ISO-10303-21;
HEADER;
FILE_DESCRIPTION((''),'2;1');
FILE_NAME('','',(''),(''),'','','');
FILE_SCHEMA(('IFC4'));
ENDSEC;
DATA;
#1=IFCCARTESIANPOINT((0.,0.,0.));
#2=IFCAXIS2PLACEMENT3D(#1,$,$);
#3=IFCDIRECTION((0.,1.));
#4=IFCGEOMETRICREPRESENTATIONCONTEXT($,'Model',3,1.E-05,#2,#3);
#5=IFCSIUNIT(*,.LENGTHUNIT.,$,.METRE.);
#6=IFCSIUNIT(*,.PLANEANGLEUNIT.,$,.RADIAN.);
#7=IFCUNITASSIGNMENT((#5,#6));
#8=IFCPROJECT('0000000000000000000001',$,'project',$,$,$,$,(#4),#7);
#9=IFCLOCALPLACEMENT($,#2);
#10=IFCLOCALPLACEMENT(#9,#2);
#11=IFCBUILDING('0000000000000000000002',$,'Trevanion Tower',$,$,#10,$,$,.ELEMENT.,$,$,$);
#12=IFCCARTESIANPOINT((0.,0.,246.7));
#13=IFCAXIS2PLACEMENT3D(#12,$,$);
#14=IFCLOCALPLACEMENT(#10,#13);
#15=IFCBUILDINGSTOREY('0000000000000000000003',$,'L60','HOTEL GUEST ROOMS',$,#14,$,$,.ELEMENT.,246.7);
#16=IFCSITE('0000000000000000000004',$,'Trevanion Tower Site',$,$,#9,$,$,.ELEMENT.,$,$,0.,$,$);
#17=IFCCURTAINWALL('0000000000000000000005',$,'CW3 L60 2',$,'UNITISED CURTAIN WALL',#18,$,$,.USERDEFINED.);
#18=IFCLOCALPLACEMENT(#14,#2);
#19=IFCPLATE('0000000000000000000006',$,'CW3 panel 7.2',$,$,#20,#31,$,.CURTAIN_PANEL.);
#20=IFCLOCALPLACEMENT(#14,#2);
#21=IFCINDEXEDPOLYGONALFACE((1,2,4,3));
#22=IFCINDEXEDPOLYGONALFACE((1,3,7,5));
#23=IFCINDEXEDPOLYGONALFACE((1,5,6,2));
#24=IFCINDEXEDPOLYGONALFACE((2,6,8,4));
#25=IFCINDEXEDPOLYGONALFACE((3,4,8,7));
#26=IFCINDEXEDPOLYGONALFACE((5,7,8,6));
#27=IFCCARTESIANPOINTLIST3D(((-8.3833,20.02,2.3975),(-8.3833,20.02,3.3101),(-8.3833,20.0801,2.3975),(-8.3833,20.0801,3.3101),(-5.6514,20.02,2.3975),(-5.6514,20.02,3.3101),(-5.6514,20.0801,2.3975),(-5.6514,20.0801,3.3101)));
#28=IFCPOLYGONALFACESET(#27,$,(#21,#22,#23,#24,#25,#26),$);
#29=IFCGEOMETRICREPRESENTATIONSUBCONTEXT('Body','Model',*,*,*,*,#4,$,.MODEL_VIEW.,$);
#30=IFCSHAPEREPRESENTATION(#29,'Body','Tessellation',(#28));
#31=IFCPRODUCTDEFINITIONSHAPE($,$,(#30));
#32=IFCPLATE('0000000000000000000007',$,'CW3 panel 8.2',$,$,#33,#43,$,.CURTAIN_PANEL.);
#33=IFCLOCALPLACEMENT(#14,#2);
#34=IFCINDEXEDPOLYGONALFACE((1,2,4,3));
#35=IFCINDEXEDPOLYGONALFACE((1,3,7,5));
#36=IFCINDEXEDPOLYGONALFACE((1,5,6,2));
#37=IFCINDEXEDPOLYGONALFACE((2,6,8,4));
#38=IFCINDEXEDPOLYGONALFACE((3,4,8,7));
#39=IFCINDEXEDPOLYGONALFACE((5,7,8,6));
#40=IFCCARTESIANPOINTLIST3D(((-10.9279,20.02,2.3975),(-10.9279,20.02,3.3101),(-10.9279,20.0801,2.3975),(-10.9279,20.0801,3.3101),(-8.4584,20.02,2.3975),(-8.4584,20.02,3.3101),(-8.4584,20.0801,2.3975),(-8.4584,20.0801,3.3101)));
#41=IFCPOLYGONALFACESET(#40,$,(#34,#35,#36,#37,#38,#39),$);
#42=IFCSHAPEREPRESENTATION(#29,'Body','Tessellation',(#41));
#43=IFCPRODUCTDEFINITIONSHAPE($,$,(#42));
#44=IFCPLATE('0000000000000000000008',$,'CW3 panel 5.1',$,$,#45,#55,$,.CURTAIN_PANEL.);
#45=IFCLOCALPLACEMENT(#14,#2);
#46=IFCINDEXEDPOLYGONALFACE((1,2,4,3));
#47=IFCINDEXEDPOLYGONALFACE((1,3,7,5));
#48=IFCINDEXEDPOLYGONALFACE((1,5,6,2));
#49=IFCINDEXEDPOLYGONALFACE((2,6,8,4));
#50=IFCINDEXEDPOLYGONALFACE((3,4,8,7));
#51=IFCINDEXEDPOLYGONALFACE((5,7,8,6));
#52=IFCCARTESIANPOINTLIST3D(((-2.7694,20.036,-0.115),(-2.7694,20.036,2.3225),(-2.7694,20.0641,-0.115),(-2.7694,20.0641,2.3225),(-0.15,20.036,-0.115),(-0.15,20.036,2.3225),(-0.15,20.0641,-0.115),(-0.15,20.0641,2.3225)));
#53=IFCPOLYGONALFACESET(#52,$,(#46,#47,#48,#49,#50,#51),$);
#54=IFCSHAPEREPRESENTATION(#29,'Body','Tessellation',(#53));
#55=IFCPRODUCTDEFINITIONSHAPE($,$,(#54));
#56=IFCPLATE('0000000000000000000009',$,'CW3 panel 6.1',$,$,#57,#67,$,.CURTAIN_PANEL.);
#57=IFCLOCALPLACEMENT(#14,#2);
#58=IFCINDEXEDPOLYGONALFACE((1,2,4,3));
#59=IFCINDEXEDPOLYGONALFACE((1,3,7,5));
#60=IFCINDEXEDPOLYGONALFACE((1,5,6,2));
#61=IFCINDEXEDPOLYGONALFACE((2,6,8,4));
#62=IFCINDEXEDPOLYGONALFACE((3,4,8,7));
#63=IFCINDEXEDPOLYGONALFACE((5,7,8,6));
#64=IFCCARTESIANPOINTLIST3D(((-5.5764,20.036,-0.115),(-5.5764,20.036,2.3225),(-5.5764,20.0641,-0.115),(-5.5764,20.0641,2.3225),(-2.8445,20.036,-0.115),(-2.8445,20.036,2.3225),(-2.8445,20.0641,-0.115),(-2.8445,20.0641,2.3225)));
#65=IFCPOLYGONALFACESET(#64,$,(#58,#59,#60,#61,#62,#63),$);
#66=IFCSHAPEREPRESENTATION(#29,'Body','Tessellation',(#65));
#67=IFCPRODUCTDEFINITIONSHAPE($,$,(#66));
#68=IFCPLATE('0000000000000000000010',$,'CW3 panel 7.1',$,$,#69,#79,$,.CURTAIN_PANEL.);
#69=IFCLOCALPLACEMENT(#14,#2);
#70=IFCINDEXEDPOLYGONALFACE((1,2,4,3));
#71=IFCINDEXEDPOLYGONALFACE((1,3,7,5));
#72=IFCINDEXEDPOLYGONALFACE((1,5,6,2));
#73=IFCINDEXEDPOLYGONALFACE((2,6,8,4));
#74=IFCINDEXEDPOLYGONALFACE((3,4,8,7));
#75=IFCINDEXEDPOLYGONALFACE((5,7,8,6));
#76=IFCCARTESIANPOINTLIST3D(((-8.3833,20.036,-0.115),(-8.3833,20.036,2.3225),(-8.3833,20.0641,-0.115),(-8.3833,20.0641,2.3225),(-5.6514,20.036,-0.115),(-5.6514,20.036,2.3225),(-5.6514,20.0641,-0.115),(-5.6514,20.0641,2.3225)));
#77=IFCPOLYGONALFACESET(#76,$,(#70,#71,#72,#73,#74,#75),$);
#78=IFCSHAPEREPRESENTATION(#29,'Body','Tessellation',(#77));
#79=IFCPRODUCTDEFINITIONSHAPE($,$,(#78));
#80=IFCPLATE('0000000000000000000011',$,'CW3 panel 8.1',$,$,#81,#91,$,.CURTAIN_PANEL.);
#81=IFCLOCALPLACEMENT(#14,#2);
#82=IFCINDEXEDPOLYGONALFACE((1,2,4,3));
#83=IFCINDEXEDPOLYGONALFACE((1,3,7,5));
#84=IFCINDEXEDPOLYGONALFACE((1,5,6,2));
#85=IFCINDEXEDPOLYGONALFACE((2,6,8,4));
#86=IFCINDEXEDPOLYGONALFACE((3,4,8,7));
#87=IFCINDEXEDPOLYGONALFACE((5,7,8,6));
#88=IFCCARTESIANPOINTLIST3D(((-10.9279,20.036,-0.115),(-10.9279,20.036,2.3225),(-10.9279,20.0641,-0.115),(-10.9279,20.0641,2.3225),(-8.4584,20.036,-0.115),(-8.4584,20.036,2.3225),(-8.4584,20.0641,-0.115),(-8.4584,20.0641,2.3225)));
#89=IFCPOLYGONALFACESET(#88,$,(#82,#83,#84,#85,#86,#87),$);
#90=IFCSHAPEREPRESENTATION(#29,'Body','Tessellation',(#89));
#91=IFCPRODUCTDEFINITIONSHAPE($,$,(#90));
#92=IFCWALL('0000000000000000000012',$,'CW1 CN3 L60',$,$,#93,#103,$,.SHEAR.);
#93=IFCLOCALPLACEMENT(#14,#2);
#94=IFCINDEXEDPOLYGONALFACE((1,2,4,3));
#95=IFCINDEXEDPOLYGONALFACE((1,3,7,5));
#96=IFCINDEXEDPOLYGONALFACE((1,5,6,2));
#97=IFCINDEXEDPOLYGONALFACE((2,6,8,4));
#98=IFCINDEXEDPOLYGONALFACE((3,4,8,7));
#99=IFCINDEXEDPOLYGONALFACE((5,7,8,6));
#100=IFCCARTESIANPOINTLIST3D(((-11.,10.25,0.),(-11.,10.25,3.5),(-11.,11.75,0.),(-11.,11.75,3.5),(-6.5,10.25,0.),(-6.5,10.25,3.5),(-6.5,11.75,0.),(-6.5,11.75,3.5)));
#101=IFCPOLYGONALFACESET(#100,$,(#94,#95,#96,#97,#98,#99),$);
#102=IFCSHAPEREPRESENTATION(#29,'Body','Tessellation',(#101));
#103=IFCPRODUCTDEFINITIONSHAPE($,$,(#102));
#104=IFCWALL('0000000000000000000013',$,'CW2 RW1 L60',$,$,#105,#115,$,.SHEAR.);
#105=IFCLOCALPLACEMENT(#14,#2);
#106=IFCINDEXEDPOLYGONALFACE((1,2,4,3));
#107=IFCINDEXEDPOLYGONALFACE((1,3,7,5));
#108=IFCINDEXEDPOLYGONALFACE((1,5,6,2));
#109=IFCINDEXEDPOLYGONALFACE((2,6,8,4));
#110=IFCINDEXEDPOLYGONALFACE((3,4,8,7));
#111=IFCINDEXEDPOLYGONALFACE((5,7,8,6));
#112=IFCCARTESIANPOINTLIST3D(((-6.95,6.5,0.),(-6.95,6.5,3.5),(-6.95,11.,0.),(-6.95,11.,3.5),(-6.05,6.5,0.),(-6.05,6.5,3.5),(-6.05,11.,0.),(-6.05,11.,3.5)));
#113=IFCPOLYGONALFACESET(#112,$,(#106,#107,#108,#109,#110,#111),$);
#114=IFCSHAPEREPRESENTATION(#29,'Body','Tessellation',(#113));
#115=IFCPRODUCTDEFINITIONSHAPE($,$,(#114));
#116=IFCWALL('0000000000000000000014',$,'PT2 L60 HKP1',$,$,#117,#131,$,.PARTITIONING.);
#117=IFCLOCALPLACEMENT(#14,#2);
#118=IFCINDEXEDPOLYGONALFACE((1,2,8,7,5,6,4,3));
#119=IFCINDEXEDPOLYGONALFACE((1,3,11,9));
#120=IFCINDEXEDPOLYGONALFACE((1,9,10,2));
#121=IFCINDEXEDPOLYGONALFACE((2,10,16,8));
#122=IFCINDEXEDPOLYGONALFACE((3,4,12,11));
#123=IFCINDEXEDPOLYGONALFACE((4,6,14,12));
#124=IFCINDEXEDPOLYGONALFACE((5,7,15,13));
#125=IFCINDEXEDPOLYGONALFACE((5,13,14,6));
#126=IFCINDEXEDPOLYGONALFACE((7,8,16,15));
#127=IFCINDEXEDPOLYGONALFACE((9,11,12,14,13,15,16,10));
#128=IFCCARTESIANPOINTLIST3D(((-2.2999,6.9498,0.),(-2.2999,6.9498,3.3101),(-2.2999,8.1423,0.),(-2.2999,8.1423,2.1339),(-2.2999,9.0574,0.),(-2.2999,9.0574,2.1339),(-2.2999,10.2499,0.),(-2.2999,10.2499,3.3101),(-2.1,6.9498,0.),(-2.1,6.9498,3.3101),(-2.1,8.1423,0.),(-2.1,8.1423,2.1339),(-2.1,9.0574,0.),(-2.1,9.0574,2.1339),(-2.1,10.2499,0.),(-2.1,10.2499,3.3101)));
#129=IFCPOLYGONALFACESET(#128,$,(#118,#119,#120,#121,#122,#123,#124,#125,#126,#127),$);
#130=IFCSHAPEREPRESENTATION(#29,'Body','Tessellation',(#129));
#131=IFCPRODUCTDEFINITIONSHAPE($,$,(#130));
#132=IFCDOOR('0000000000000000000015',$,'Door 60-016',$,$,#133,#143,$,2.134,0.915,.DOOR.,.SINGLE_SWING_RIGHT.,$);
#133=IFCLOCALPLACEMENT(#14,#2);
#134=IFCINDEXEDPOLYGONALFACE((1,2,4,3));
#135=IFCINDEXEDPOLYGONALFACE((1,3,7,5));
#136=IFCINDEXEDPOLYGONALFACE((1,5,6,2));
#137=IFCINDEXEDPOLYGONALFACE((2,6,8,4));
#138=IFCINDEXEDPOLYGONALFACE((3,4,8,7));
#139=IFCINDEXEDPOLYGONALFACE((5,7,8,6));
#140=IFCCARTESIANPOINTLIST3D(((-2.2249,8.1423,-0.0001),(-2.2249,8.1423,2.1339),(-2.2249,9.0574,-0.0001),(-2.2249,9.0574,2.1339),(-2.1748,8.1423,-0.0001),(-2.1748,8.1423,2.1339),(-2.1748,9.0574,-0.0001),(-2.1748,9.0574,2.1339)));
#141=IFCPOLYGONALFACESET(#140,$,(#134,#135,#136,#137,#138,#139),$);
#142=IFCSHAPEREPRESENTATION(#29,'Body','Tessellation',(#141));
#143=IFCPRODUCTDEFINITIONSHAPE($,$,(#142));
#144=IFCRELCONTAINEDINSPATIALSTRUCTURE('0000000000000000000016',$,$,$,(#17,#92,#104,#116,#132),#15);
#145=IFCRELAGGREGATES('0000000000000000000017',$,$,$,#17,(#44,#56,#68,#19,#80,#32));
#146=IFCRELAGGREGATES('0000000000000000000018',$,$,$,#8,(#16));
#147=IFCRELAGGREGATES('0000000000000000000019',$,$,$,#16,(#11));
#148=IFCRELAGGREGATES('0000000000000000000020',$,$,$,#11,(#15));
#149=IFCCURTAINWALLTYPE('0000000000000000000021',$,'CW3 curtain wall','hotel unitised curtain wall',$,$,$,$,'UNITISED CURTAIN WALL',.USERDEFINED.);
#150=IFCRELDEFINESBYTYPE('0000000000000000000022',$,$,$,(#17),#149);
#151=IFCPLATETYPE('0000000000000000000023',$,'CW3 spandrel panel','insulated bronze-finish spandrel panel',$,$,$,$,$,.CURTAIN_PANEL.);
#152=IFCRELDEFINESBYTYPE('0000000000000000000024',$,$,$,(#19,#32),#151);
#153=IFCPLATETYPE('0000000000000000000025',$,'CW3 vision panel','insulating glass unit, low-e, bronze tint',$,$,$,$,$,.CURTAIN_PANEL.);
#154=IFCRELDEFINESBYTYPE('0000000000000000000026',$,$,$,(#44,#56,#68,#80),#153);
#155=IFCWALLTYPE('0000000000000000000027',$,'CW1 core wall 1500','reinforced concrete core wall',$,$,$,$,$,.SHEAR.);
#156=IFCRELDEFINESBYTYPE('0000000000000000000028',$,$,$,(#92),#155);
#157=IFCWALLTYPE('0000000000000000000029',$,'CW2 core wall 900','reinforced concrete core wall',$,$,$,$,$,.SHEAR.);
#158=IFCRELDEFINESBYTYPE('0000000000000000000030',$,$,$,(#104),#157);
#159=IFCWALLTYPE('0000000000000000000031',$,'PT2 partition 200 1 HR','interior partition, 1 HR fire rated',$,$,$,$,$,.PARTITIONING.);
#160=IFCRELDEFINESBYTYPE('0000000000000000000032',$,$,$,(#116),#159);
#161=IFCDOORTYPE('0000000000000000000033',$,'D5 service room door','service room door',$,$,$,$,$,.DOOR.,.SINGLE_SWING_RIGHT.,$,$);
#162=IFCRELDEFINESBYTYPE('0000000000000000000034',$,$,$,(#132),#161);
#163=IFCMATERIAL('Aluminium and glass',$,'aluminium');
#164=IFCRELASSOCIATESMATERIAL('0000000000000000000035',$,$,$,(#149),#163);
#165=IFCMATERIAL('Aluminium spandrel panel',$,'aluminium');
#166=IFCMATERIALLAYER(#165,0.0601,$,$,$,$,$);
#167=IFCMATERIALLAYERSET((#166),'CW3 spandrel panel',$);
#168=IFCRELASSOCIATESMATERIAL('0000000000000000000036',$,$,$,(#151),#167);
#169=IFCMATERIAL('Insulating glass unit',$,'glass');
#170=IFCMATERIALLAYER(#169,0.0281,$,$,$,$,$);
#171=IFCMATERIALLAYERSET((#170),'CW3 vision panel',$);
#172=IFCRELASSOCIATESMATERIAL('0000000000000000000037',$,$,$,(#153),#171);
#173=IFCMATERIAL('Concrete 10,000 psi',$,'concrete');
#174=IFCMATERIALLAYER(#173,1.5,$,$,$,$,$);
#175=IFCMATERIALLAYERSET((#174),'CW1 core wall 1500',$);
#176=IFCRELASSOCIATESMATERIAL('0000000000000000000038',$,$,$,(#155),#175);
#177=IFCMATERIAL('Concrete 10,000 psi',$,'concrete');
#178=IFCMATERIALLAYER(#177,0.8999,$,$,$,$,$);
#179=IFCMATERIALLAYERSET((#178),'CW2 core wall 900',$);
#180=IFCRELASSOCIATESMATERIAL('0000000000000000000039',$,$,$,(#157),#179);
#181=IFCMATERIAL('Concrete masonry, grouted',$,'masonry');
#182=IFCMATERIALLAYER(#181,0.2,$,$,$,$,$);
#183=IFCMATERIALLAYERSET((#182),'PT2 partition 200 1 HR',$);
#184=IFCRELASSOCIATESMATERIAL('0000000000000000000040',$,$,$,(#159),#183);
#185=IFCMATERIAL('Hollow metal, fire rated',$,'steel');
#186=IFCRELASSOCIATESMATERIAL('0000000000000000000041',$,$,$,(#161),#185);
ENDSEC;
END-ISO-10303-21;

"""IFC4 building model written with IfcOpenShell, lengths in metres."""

from ifc_helpers import new_model, si_unit, direction, frame, frame_2d, origin, origin_2d, place, context, subcontext, project, spatial, rectangle, extrude, material, layer, layer_set, type_object, element, fill, aggregate, save


model = new_model("IFC4")

# Units and contexts
model_context = context("Model", 3, precision=1e-05, world=origin(), true_north=direction((0.0, 1.0)))
body_context = subcontext(model_context, "Body", "Model", "MODEL_VIEW")
ifc_project = project(units=[si_unit("LENGTHUNIT", "METRE"), si_unit("PLANEANGLEUNIT", "RADIAN")], contexts=[model_context])

# Site, building, storey
site_placement = place(None, origin())
site = spatial("IfcSite", under=ifc_project, at=site_placement, Name="Trevanion Tower Site", CompositionType="ELEMENT", RefElevation=0.0)
building_placement = place(site_placement, origin())
building = spatial("IfcBuilding", under=site, at=building_placement, Name="Trevanion Tower", CompositionType="ELEMENT")
storey_placement = place(building_placement, frame((0.0, 0.0, 246.7)))
storey = spatial("IfcBuildingStorey", under=building, at=storey_placement, Name="L60", Description="HOTEL GUEST ROOMS", CompositionType="ELEMENT", Elevation=246.7)

# Curtain wall
ifc_material_1 = material(Name="Aluminium and glass", Category="aluminium")
curtain_wall_type = type_object("IfcCurtainWallType", Name="CW3 curtain wall", Description="hotel unitised curtain wall", ElementType="UNITISED CURTAIN WALL", PredefinedType="USERDEFINED", material=ifc_material_1)
curtain_wall_placement = place(storey_placement, origin())
curtain_wall = element("IfcCurtainWall", 1, at=curtain_wall_placement, inside=storey, type_object=curtain_wall_type, Name="CW3 L60 2", ObjectType="UNITISED CURTAIN WALL", PredefinedType="USERDEFINED")

# Plates
ifc_material_2 = material(Name="Aluminium spandrel panel", Category="aluminium")
ifc_layer_1 = layer(ifc_material_2, 0.0601)
ifc_layer_set_1 = layer_set([ifc_layer_1], Name="CW3 spandrel panel")
plate_type_1 = type_object("IfcPlateType", Name="CW3 spandrel panel", Description="insulated bronze-finish spandrel panel", PredefinedType="CURTAIN_PANEL", material=ifc_layer_set_1)
plate_1_placement = place(storey_placement, frame((-7.0173, 20.05, 2.3975), z_axis=(0.0, 0.0, 1.0), x_axis=(-1.0, 0.0, 0.0)))
plate_1 = element("IfcPlate", 2, at=plate_1_placement, type_object=plate_type_1, Name="CW3 panel 7.2", PredefinedType="CURTAIN_PANEL", context=body_context, shape_type="SweptSolid", body=[
    extrude(rectangle(XDim=2.7319, YDim=0.0601, at=origin_2d()), origin(), (0.0, 0.0, 1.0), 0.9126),
])
plate_2_placement = place(storey_placement, frame((-9.6931, 20.05, 2.3975), z_axis=(0.0, 0.0, 1.0), x_axis=(-1.0, 0.0, 0.0)))
plate_2 = element("IfcPlate", 3, at=plate_2_placement, type_object=plate_type_1, Name="CW3 panel 8.2", PredefinedType="CURTAIN_PANEL", context=body_context, shape_type="SweptSolid", body=[
    extrude(rectangle(XDim=2.4695, YDim=0.0601, at=origin_2d()), origin(), (0.0, 0.0, 1.0), 0.9126),
])
ifc_material_3 = material(Name="Insulating glass unit", Category="glass")
ifc_layer_2 = layer(ifc_material_3, 0.0281)
ifc_layer_set_2 = layer_set([ifc_layer_2], Name="CW3 vision panel")
plate_type_2 = type_object("IfcPlateType", Name="CW3 vision panel", Description="insulating glass unit, low-e, bronze tint", PredefinedType="CURTAIN_PANEL", material=ifc_layer_set_2)
plate_3_placement = place(storey_placement, frame((-1.4597, 20.05, -0.115), z_axis=(0.0, 0.0, 1.0), x_axis=(-1.0, 0.0, 0.0)))
plate_3 = element("IfcPlate", 4, at=plate_3_placement, type_object=plate_type_2, Name="CW3 panel 5.1", PredefinedType="CURTAIN_PANEL", context=body_context, shape_type="SweptSolid", body=[
    extrude(rectangle(XDim=2.6194, YDim=0.0281, at=origin_2d()), origin(), (0.0, 0.0, 1.0), 2.4375),
])
plate_4_placement = place(storey_placement, frame((-4.2104, 20.05, -0.115), z_axis=(0.0, 0.0, 1.0), x_axis=(-1.0, 0.0, 0.0)))
plate_4 = element("IfcPlate", 5, at=plate_4_placement, type_object=plate_type_2, Name="CW3 panel 6.1", PredefinedType="CURTAIN_PANEL", context=body_context, shape_type="SweptSolid", body=[
    extrude(rectangle(XDim=2.7319, YDim=0.0281, at=origin_2d()), origin(), (0.0, 0.0, 1.0), 2.4375),
])
plate_5_placement = place(storey_placement, frame((-7.0173, 20.05, -0.115), z_axis=(0.0, 0.0, 1.0), x_axis=(-1.0, 0.0, 0.0)))
plate_5 = element("IfcPlate", 6, at=plate_5_placement, type_object=plate_type_2, Name="CW3 panel 7.1", PredefinedType="CURTAIN_PANEL", context=body_context, shape_type="SweptSolid", body=[
    extrude(rectangle(XDim=2.7319, YDim=0.0281, at=origin_2d()), origin(), (0.0, 0.0, 1.0), 2.4375),
])
plate_6_placement = place(storey_placement, frame((-9.6931, 20.05, -0.115), z_axis=(0.0, 0.0, 1.0), x_axis=(-1.0, 0.0, 0.0)))
plate_6 = element("IfcPlate", 7, at=plate_6_placement, type_object=plate_type_2, Name="CW3 panel 8.1", PredefinedType="CURTAIN_PANEL", context=body_context, shape_type="SweptSolid", body=[
    extrude(rectangle(XDim=2.4695, YDim=0.0281, at=origin_2d()), origin(), (0.0, 0.0, 1.0), 2.4375),
])
aggregate(curtain_wall, [plate_3, plate_4, plate_5, plate_1, plate_6, plate_2])

# Walls
ifc_material_4 = material(Name="Concrete 10,000 psi", Category="concrete")
ifc_layer_3 = layer(ifc_material_4, 1.5)
ifc_layer_set_3 = layer_set([ifc_layer_3], Name="CW1 core wall 1500")
wall_type_1 = type_object("IfcWallType", Name="CW1 core wall 1500", Description="reinforced concrete core wall", PredefinedType="SHEAR", material=ifc_layer_set_3)
wall_1_placement = place(storey_placement, frame((-6.5, 11.0, 0.0), z_axis=(0.0, 0.0, 1.0), x_axis=(-1.0, 0.0, 0.0)))
element("IfcWall", 8, at=wall_1_placement, inside=storey, type_object=wall_type_1, Name="CW1 CN3 L60", PredefinedType="SHEAR", context=body_context, shape_type="SweptSolid", body=[
    extrude(rectangle(XDim=4.5, YDim=1.5, at=frame_2d((2.25, 0.0))), origin(), (0.0, 0.0, 1.0), 3.5),
])
ifc_material_5 = material(Name="Concrete 10,000 psi", Category="concrete")
ifc_layer_4 = layer(ifc_material_5, 0.8999)
ifc_layer_set_4 = layer_set([ifc_layer_4], Name="CW2 core wall 900")
wall_type_2 = type_object("IfcWallType", Name="CW2 core wall 900", Description="reinforced concrete core wall", PredefinedType="SHEAR", material=ifc_layer_set_4)
wall_2_placement = place(storey_placement, frame((-6.5, 11.0, 0.0), z_axis=(0.0, 0.0, 1.0), x_axis=(0.0, -1.0, 0.0)))
element("IfcWall", 9, at=wall_2_placement, inside=storey, type_object=wall_type_2, Name="CW2 RW1 L60", PredefinedType="SHEAR", context=body_context, shape_type="SweptSolid", body=[
    extrude(rectangle(XDim=4.5, YDim=0.8999, at=frame_2d((2.25, 0.0))), origin(), (0.0, 0.0, 1.0), 3.5),
])

# Wall, opening, door
ifc_material_6 = material(Name="Concrete masonry, grouted", Category="masonry")
ifc_layer_5 = layer(ifc_material_6, 0.2)
ifc_layer_set_5 = layer_set([ifc_layer_5], Name="PT2 partition 200 1 HR")
wall_type_3 = type_object("IfcWallType", Name="PT2 partition 200 1 HR", Description="interior partition, 1 HR fire rated", PredefinedType="PARTITIONING", material=ifc_layer_set_5)
wall_3_placement = place(storey_placement, frame((-2.2, 6.95, 0.0), z_axis=(0.0, 0.0, 1.0), x_axis=(0.0, 1.0, 0.0)))
wall_3 = element("IfcWall", 10, at=wall_3_placement, inside=storey, type_object=wall_type_3, Name="PT2 L60 HKP1", PredefinedType="PARTITIONING", context=body_context, shape_type="SweptSolid", body=[
    extrude(rectangle(XDim=3.3, YDim=0.2, at=frame_2d((1.6499, 0.0))), origin(), (0.0, 0.0, 1.0), 3.3101),
])
opening_placement = place(wall_3_placement, frame((1.1924, 0.0, 0.0)))
opening = element("IfcOpeningElement", 11, at=opening_placement, cuts=wall_3, PredefinedType="OPENING", context=body_context, shape_type="SweptSolid", body=[
    extrude(rectangle(XDim=0.915, YDim=2.134, at=frame_2d((0.4575, 1.0669))), frame((0.0, 0.1099, 0.0), z_axis=(0.0, -1.0, 0.0), x_axis=(1.0, 0.0, 0.0)), (0.0, 0.0, 1.0), 0.22),
])
ifc_material_7 = material(Name="Hollow metal, fire rated", Category="steel")
door_type = type_object("IfcDoorType", Name="D5 service room door", Description="service room door", OperationType="SINGLE_SWING_RIGHT", PredefinedType="DOOR", material=ifc_material_7)
door_placement = place(opening_placement, origin())
door = element("IfcDoor", 12, at=door_placement, inside=storey, type_object=door_type, Name="Door 60-016", OperationType="SINGLE_SWING_RIGHT", OverallHeight=2.134, OverallWidth=0.915, PredefinedType="DOOR", context=body_context, shape_type="SweptSolid", body=[
    extrude(rectangle(XDim=0.915, YDim=2.134, at=frame_2d((0.4575, 1.0669))), frame((0.0, 0.0249, 0.0), z_axis=(0.0, -1.0, 0.0), x_axis=(1.0, 0.0, 0.0)), (0.0, 0.0, 1.0), 0.05),
])
fill(opening, door)

save(model, "model.ifc")
